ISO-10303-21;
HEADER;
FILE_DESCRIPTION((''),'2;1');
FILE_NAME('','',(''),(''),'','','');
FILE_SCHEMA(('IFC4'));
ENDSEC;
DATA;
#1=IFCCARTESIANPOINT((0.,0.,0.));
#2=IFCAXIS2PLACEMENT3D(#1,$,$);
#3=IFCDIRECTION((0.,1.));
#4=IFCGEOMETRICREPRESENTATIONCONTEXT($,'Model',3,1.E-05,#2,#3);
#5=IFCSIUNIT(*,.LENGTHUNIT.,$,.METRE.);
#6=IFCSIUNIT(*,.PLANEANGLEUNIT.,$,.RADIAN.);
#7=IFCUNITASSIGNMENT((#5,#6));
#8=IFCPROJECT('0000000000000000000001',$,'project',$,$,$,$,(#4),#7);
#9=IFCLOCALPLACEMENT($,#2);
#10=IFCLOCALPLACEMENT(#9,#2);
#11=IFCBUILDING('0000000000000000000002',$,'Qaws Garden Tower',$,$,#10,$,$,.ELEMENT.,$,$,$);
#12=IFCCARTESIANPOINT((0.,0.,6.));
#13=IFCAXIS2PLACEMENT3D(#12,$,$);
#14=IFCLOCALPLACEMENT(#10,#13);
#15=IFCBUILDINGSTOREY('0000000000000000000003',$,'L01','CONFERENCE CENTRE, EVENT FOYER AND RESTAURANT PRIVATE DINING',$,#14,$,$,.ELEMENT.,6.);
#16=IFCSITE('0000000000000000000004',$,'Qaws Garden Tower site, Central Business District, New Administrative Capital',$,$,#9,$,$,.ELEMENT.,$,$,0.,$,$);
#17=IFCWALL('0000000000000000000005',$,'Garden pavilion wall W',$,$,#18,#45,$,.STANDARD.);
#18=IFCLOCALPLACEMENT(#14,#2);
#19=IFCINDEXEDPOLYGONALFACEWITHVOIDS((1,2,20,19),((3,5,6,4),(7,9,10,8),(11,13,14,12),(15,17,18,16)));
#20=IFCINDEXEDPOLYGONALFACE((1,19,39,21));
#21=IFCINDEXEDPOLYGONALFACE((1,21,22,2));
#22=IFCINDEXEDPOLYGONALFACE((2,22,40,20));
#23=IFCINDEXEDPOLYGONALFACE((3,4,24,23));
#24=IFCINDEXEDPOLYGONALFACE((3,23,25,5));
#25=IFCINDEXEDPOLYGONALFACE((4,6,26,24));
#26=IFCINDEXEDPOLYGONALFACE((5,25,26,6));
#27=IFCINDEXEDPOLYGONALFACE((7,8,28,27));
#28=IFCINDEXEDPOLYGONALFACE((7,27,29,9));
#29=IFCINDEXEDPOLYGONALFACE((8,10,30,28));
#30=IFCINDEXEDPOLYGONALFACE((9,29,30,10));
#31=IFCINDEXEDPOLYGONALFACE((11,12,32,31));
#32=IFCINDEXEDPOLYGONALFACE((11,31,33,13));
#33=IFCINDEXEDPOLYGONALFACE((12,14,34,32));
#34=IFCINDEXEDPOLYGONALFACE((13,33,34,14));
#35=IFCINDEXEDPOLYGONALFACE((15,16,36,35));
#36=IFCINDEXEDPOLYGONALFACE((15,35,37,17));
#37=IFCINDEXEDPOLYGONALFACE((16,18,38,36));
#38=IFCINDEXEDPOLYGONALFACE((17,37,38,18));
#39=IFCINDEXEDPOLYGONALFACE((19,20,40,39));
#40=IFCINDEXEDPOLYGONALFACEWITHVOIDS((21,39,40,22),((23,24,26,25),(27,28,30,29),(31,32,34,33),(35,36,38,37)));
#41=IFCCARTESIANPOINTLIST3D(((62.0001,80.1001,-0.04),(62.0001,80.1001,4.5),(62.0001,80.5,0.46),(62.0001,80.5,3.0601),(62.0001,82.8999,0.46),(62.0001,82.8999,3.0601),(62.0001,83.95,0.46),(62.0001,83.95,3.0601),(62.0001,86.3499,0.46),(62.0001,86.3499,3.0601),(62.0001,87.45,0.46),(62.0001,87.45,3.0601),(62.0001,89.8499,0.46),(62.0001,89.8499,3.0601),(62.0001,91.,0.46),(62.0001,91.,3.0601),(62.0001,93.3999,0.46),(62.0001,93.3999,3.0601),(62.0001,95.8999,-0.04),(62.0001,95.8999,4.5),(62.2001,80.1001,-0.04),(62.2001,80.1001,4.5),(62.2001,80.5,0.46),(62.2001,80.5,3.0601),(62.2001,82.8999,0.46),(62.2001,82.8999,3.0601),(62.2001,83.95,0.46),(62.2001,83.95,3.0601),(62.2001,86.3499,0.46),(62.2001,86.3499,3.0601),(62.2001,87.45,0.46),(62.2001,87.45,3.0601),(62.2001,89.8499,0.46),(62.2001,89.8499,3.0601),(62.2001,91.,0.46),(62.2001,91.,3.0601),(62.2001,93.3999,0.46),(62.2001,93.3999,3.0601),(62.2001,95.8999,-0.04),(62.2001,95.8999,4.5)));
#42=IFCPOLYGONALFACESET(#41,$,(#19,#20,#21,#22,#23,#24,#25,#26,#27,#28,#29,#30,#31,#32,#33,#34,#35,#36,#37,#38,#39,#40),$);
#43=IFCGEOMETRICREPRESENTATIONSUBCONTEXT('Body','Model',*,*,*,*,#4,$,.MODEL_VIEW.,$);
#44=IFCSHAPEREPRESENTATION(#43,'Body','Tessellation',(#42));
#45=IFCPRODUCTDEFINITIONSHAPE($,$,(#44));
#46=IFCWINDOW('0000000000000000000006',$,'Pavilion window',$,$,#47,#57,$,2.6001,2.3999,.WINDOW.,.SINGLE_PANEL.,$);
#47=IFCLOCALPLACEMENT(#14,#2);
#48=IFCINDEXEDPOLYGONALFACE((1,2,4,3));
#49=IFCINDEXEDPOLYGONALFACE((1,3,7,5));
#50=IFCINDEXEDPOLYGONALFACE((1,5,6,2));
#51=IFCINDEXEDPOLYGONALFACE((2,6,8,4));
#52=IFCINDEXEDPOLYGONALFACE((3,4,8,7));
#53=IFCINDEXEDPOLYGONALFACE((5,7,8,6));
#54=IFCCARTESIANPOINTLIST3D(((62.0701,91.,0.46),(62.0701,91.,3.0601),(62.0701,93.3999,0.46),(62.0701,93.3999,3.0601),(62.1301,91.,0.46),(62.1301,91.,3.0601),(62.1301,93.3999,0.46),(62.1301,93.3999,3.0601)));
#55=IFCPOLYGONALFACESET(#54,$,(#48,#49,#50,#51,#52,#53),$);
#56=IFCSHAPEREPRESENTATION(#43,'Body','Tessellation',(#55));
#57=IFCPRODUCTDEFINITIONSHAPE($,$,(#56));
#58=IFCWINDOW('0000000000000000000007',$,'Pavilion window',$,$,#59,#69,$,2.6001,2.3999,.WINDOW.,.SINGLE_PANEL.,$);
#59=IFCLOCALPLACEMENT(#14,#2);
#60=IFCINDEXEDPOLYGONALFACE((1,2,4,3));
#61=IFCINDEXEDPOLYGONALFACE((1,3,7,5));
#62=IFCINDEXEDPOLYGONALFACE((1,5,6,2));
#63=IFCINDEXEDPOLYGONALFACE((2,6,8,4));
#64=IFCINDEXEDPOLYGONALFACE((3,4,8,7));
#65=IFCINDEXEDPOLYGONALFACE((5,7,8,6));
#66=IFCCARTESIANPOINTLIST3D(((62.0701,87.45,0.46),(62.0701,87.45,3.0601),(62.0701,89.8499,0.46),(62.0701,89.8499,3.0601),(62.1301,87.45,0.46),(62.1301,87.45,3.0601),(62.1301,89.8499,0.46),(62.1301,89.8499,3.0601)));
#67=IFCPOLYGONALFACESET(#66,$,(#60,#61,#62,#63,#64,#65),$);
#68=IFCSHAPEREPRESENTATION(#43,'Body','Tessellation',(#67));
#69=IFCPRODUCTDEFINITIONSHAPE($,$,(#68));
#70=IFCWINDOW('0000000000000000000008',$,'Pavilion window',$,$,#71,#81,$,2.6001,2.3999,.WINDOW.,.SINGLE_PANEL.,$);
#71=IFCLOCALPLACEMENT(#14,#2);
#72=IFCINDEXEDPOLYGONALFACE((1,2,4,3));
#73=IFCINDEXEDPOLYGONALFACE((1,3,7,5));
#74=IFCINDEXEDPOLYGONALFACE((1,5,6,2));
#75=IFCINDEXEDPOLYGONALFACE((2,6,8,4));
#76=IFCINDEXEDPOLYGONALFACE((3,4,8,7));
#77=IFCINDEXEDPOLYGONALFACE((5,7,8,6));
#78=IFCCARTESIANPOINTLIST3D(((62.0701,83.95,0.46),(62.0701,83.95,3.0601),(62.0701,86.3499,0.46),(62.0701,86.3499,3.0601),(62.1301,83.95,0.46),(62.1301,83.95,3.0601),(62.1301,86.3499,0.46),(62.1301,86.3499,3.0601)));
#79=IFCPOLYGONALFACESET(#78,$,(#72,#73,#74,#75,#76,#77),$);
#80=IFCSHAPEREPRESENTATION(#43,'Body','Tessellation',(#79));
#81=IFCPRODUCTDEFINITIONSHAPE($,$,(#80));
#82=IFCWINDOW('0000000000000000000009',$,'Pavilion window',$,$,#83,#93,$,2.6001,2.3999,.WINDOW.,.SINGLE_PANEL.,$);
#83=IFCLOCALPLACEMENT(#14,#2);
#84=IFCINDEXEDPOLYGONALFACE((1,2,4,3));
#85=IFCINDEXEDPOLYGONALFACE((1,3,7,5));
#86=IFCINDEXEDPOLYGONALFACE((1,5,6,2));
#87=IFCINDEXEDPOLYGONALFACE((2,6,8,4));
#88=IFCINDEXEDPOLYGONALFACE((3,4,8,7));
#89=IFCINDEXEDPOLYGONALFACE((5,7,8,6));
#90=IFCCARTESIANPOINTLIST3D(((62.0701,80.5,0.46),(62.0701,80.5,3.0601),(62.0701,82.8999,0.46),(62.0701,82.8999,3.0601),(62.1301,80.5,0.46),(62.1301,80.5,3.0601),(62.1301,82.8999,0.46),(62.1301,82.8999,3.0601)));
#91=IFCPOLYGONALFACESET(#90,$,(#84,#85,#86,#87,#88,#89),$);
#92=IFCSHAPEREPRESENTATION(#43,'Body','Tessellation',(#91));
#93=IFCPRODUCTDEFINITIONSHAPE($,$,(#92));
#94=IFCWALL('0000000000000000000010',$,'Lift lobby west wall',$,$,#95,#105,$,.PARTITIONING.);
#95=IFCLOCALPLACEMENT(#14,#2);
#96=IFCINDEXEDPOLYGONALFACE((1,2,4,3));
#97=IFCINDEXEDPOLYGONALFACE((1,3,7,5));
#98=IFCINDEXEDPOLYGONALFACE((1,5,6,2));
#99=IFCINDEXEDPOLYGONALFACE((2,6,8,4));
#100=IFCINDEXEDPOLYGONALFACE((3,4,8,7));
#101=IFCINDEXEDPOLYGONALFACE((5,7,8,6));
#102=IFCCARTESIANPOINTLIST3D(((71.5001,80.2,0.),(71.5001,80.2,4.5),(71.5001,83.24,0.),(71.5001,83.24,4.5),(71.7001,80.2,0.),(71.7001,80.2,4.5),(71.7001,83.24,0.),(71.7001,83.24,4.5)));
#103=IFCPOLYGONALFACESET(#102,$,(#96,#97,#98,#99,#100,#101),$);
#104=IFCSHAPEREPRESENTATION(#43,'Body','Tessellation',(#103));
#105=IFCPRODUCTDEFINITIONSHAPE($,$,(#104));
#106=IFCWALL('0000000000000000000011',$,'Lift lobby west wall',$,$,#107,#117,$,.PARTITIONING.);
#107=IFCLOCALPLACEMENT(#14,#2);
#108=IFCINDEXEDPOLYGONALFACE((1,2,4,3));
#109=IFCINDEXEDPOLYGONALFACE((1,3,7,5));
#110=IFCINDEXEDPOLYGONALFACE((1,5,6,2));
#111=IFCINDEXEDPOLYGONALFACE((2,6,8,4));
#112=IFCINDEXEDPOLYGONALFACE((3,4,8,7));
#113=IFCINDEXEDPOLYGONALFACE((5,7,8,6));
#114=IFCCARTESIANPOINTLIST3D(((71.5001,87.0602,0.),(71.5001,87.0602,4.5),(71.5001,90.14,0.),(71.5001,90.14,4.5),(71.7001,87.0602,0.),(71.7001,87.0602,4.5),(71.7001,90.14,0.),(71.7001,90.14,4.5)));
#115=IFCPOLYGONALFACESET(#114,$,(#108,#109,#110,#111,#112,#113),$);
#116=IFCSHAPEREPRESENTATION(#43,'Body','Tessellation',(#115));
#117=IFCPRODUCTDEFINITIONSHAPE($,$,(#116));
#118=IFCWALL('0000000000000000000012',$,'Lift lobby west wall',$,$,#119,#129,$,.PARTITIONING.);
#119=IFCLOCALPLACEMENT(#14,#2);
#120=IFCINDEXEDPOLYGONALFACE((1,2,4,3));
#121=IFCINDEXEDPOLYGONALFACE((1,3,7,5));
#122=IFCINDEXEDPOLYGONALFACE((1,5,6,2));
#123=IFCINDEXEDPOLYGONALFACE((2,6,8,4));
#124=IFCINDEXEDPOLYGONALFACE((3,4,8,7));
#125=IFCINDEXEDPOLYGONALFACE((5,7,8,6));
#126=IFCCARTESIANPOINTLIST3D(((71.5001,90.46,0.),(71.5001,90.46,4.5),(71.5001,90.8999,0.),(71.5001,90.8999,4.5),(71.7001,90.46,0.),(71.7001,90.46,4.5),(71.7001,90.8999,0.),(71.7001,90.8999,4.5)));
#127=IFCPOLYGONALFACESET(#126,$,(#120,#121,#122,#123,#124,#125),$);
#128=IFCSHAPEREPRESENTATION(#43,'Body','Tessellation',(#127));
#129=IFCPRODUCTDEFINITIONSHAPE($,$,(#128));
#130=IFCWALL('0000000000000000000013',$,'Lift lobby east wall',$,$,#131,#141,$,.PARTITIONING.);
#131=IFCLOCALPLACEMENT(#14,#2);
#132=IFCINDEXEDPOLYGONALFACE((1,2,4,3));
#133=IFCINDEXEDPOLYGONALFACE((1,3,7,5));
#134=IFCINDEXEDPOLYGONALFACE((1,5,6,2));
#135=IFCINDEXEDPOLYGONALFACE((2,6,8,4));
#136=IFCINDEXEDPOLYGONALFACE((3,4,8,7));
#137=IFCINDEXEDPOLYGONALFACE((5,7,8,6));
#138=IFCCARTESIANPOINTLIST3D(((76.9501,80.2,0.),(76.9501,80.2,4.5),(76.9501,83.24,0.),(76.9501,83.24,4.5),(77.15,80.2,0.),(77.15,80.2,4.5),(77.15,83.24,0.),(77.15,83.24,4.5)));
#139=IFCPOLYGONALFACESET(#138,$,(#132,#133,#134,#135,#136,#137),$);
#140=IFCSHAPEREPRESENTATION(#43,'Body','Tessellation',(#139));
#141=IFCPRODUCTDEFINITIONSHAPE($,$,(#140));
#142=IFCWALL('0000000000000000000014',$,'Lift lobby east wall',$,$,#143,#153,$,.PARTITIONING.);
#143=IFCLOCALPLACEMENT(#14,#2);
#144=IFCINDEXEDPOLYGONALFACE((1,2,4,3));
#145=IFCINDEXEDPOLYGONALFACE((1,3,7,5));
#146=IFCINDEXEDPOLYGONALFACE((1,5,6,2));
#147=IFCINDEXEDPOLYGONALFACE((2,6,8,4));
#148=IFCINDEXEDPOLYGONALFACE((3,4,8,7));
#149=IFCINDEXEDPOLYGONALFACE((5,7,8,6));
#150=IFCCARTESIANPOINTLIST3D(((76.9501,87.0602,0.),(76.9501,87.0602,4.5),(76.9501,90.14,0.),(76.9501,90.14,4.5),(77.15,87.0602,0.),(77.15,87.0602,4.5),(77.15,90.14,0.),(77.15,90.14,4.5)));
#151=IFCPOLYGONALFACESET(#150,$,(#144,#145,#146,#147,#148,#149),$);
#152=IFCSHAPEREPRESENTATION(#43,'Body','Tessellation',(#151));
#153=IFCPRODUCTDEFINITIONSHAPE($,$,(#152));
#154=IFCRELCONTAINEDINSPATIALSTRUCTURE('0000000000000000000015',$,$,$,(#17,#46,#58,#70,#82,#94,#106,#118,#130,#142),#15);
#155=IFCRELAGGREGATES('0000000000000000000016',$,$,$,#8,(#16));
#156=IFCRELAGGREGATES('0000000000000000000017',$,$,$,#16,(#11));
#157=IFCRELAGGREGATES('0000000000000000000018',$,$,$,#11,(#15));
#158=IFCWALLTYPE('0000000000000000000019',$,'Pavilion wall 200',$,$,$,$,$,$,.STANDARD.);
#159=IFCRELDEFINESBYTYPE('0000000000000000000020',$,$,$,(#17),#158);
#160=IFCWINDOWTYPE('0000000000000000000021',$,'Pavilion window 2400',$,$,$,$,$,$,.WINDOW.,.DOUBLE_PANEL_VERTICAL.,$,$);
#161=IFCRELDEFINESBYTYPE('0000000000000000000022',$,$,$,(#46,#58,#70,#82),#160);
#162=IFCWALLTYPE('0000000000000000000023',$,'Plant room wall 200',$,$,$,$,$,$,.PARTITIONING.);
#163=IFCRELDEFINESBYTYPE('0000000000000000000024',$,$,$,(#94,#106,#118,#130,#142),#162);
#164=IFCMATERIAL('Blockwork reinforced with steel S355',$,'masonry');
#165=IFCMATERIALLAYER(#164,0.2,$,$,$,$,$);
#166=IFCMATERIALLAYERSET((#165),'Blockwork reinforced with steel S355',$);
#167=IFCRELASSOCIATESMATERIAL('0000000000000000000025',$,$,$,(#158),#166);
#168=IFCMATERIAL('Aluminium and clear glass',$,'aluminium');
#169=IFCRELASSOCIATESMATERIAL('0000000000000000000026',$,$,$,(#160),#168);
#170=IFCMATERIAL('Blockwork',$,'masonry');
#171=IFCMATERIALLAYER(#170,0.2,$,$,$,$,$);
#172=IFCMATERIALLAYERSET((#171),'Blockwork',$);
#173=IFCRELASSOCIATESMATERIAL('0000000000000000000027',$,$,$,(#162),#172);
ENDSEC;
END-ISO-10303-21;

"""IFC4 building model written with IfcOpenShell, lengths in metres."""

from ifc_helpers import new_model, si_unit, direction, frame, frame_2d, origin, place, context, subcontext, project, spatial, rectangle, extrude, material, layer, layer_set, type_object, element, fill, save


model = new_model("IFC4")

# Units and contexts
model_context = context("Model", 3, precision=1e-05, world=origin(), true_north=direction((0.0, 1.0)))
body_context = subcontext(model_context, "Body", "Model", "MODEL_VIEW")
ifc_project = project(units=[si_unit("LENGTHUNIT", "METRE"), si_unit("PLANEANGLEUNIT", "RADIAN")], contexts=[model_context])

# Site, building, storey
site_placement = place(None, origin())
site = spatial("IfcSite", under=ifc_project, at=site_placement, Name="Qaws Garden Tower site, Central Business District, New Administrative Capital", CompositionType="ELEMENT", RefElevation=0.0)
building_placement = place(site_placement, origin())
building = spatial("IfcBuilding", under=site, at=building_placement, Name="Qaws Garden Tower", CompositionType="ELEMENT")
storey_placement = place(building_placement, frame((0.0, 0.0, 6.0)))
storey = spatial("IfcBuildingStorey", under=building, at=storey_placement, Name="L01", Description="CONFERENCE CENTRE, EVENT FOYER AND RESTAURANT PRIVATE DINING", CompositionType="ELEMENT", Elevation=6.0)

# Wall, openings, windows
ifc_material_1 = material(Name="Blockwork reinforced with steel S355", Category="masonry")
ifc_layer_1 = layer(ifc_material_1, 0.2)
ifc_layer_set_1 = layer_set([ifc_layer_1], Name="Blockwork reinforced with steel S355")
wall_type_1 = type_object("IfcWallType", Name="Pavilion wall 200", PredefinedType="STANDARD", material=ifc_layer_set_1)
wall_1_placement = place(storey_placement, frame((62.1001, 95.8999, -0.04), z_axis=(0.0, 0.0, 1.0), x_axis=(0.0, -1.0, 0.0)))
wall_1 = element("IfcWall", 1, at=wall_1_placement, inside=storey, type_object=wall_type_1, Name="Garden pavilion wall W", PredefinedType="STANDARD", context=body_context, shape_type="SweptSolid", body=[
    extrude(rectangle(XDim=15.7998, YDim=0.2, at=frame_2d((7.8999, 0.0))), origin(), (0.0, 0.0, 1.0), 4.54),
])
opening_1_placement = place(wall_1_placement, frame((2.5, 0.0, 0.5)))
opening_1 = element("IfcOpeningElement", 2, at=opening_1_placement, cuts=wall_1, PredefinedType="OPENING", context=body_context, shape_type="SweptSolid", body=[
    extrude(rectangle(XDim=2.3999, YDim=2.6001, at=frame_2d((1.2, 1.3))), frame((0.0, 0.1099, 0.0), z_axis=(0.0, -1.0, 0.0), x_axis=(1.0, 0.0, 0.0)), (0.0, 0.0, 1.0), 0.22),
])
opening_2_placement = place(wall_1_placement, frame((6.05, 0.0, 0.5)))
opening_2 = element("IfcOpeningElement", 3, at=opening_2_placement, cuts=wall_1, PredefinedType="OPENING", context=body_context, shape_type="SweptSolid", body=[
    extrude(rectangle(XDim=2.3999, YDim=2.6001, at=frame_2d((1.2, 1.3))), frame((0.0, 0.1099, 0.0), z_axis=(0.0, -1.0, 0.0), x_axis=(1.0, 0.0, 0.0)), (0.0, 0.0, 1.0), 0.22),
])
opening_3_placement = place(wall_1_placement, frame((9.55, 0.0, 0.5)))
opening_3 = element("IfcOpeningElement", 4, at=opening_3_placement, cuts=wall_1, PredefinedType="OPENING", context=body_context, shape_type="SweptSolid", body=[
    extrude(rectangle(XDim=2.3999, YDim=2.6001, at=frame_2d((1.2, 1.3))), frame((0.0, 0.1099, 0.0), z_axis=(0.0, -1.0, 0.0), x_axis=(1.0, 0.0, 0.0)), (0.0, 0.0, 1.0), 0.22),
])
opening_4_placement = place(wall_1_placement, frame((13.0, 0.0, 0.5)))
opening_4 = element("IfcOpeningElement", 5, at=opening_4_placement, cuts=wall_1, PredefinedType="OPENING", context=body_context, shape_type="SweptSolid", body=[
    extrude(rectangle(XDim=2.3999, YDim=2.6001, at=frame_2d((1.2, 1.3))), frame((0.0, 0.1099, 0.0), z_axis=(0.0, -1.0, 0.0), x_axis=(1.0, 0.0, 0.0)), (0.0, 0.0, 1.0), 0.22),
])
ifc_material_2 = material(Name="Aluminium and clear glass", Category="aluminium")
window_type = type_object("IfcWindowType", Name="Pavilion window 2400", PartitioningType="DOUBLE_PANEL_VERTICAL", PredefinedType="WINDOW", material=ifc_material_2)
window_1_placement = place(opening_1_placement, origin())
window_1 = element("IfcWindow", 6, at=window_1_placement, inside=storey, type_object=window_type, Name="Pavilion window", OverallHeight=2.6001, OverallWidth=2.3999, PartitioningType="SINGLE_PANEL", PredefinedType="WINDOW", context=body_context, shape_type="SweptSolid", body=[
    extrude(rectangle(XDim=2.3999, YDim=2.6001, at=frame_2d((1.2, 1.3))), frame((0.0, 0.03, 0.0), z_axis=(0.0, -1.0, 0.0), x_axis=(1.0, 0.0, 0.0)), (0.0, 0.0, 1.0), 0.0601),
])
fill(opening_1, window_1)
window_2_placement = place(opening_2_placement, origin())
window_2 = element("IfcWindow", 7, at=window_2_placement, inside=storey, type_object=window_type, Name="Pavilion window", OverallHeight=2.6001, OverallWidth=2.3999, PartitioningType="SINGLE_PANEL", PredefinedType="WINDOW", context=body_context, shape_type="SweptSolid", body=[
    extrude(rectangle(XDim=2.3999, YDim=2.6001, at=frame_2d((1.2, 1.3))), frame((0.0, 0.03, 0.0), z_axis=(0.0, -1.0, 0.0), x_axis=(1.0, 0.0, 0.0)), (0.0, 0.0, 1.0), 0.0601),
])
fill(opening_2, window_2)
window_3_placement = place(opening_3_placement, origin())
window_3 = element("IfcWindow", 8, at=window_3_placement, inside=storey, type_object=window_type, Name="Pavilion window", OverallHeight=2.6001, OverallWidth=2.3999, PartitioningType="SINGLE_PANEL", PredefinedType="WINDOW", context=body_context, shape_type="SweptSolid", body=[
    extrude(rectangle(XDim=2.3999, YDim=2.6001, at=frame_2d((1.2, 1.3))), frame((0.0, 0.03, 0.0), z_axis=(0.0, -1.0, 0.0), x_axis=(1.0, 0.0, 0.0)), (0.0, 0.0, 1.0), 0.0601),
])
fill(opening_3, window_3)
window_4_placement = place(opening_4_placement, origin())
window_4 = element("IfcWindow", 9, at=window_4_placement, inside=storey, type_object=window_type, Name="Pavilion window", OverallHeight=2.6001, OverallWidth=2.3999, PartitioningType="SINGLE_PANEL", PredefinedType="WINDOW", context=body_context, shape_type="SweptSolid", body=[
    extrude(rectangle(XDim=2.3999, YDim=2.6001, at=frame_2d((1.2, 1.3))), frame((0.0, 0.03, 0.0), z_axis=(0.0, -1.0, 0.0), x_axis=(1.0, 0.0, 0.0)), (0.0, 0.0, 1.0), 0.0601),
])
fill(opening_4, window_4)

# Walls
ifc_material_3 = material(Name="Blockwork", Category="masonry")
ifc_layer_2 = layer(ifc_material_3, 0.2)
ifc_layer_set_2 = layer_set([ifc_layer_2], Name="Blockwork")
wall_type_2 = type_object("IfcWallType", Name="Plant room wall 200", PredefinedType="PARTITIONING", material=ifc_layer_set_2)
wall_2_placement = place(storey_placement, frame((71.6001, 80.2, 0.0), z_axis=(0.0, 0.0, 1.0), x_axis=(0.0, 1.0, 0.0)))
element("IfcWall", 10, at=wall_2_placement, inside=storey, type_object=wall_type_2, Name="Lift lobby west wall", PredefinedType="PARTITIONING", context=body_context, shape_type="SweptSolid", body=[
    extrude(rectangle(XDim=3.04, YDim=0.2, at=frame_2d((1.52, 0.0))), origin(), (0.0, 0.0, 1.0), 4.5),
])
wall_3_placement = place(storey_placement, frame((71.6001, 87.0601, 0.0), z_axis=(0.0, 0.0, 1.0), x_axis=(0.0, 1.0, 0.0)))
element("IfcWall", 11, at=wall_3_placement, inside=storey, type_object=wall_type_2, Name="Lift lobby west wall", PredefinedType="PARTITIONING", context=body_context, shape_type="SweptSolid", body=[
    extrude(rectangle(XDim=3.0798, YDim=0.2, at=frame_2d((1.54, 0.0))), origin(), (0.0, 0.0, 1.0), 4.5),
])
wall_4_placement = place(storey_placement, frame((71.6001, 90.46, 0.0), z_axis=(0.0, 0.0, 1.0), x_axis=(0.0, 1.0, 0.0)))
element("IfcWall", 12, at=wall_4_placement, inside=storey, type_object=wall_type_2, Name="Lift lobby west wall", PredefinedType="PARTITIONING", context=body_context, shape_type="SweptSolid", body=[
    extrude(rectangle(XDim=0.4399, YDim=0.2, at=frame_2d((0.22, 0.0))), origin(), (0.0, 0.0, 1.0), 4.5),
])
wall_5_placement = place(storey_placement, frame((77.05, 80.2, 0.0), z_axis=(0.0, 0.0, 1.0), x_axis=(0.0, 1.0, 0.0)))
element("IfcWall", 13, at=wall_5_placement, inside=storey, type_object=wall_type_2, Name="Lift lobby east wall", PredefinedType="PARTITIONING", context=body_context, shape_type="SweptSolid", body=[
    extrude(rectangle(XDim=3.04, YDim=0.2, at=frame_2d((1.52, 0.0))), origin(), (0.0, 0.0, 1.0), 4.5),
])
wall_6_placement = place(storey_placement, frame((77.05, 87.0601, 0.0), z_axis=(0.0, 0.0, 1.0), x_axis=(0.0, 1.0, 0.0)))
element("IfcWall", 14, at=wall_6_placement, inside=storey, type_object=wall_type_2, Name="Lift lobby east wall", PredefinedType="PARTITIONING", context=body_context, shape_type="SweptSolid", body=[
    extrude(rectangle(XDim=3.0798, YDim=0.2, at=frame_2d((1.54, 0.0))), origin(), (0.0, 0.0, 1.0), 4.5),
])

save(model, "model.ifc")
